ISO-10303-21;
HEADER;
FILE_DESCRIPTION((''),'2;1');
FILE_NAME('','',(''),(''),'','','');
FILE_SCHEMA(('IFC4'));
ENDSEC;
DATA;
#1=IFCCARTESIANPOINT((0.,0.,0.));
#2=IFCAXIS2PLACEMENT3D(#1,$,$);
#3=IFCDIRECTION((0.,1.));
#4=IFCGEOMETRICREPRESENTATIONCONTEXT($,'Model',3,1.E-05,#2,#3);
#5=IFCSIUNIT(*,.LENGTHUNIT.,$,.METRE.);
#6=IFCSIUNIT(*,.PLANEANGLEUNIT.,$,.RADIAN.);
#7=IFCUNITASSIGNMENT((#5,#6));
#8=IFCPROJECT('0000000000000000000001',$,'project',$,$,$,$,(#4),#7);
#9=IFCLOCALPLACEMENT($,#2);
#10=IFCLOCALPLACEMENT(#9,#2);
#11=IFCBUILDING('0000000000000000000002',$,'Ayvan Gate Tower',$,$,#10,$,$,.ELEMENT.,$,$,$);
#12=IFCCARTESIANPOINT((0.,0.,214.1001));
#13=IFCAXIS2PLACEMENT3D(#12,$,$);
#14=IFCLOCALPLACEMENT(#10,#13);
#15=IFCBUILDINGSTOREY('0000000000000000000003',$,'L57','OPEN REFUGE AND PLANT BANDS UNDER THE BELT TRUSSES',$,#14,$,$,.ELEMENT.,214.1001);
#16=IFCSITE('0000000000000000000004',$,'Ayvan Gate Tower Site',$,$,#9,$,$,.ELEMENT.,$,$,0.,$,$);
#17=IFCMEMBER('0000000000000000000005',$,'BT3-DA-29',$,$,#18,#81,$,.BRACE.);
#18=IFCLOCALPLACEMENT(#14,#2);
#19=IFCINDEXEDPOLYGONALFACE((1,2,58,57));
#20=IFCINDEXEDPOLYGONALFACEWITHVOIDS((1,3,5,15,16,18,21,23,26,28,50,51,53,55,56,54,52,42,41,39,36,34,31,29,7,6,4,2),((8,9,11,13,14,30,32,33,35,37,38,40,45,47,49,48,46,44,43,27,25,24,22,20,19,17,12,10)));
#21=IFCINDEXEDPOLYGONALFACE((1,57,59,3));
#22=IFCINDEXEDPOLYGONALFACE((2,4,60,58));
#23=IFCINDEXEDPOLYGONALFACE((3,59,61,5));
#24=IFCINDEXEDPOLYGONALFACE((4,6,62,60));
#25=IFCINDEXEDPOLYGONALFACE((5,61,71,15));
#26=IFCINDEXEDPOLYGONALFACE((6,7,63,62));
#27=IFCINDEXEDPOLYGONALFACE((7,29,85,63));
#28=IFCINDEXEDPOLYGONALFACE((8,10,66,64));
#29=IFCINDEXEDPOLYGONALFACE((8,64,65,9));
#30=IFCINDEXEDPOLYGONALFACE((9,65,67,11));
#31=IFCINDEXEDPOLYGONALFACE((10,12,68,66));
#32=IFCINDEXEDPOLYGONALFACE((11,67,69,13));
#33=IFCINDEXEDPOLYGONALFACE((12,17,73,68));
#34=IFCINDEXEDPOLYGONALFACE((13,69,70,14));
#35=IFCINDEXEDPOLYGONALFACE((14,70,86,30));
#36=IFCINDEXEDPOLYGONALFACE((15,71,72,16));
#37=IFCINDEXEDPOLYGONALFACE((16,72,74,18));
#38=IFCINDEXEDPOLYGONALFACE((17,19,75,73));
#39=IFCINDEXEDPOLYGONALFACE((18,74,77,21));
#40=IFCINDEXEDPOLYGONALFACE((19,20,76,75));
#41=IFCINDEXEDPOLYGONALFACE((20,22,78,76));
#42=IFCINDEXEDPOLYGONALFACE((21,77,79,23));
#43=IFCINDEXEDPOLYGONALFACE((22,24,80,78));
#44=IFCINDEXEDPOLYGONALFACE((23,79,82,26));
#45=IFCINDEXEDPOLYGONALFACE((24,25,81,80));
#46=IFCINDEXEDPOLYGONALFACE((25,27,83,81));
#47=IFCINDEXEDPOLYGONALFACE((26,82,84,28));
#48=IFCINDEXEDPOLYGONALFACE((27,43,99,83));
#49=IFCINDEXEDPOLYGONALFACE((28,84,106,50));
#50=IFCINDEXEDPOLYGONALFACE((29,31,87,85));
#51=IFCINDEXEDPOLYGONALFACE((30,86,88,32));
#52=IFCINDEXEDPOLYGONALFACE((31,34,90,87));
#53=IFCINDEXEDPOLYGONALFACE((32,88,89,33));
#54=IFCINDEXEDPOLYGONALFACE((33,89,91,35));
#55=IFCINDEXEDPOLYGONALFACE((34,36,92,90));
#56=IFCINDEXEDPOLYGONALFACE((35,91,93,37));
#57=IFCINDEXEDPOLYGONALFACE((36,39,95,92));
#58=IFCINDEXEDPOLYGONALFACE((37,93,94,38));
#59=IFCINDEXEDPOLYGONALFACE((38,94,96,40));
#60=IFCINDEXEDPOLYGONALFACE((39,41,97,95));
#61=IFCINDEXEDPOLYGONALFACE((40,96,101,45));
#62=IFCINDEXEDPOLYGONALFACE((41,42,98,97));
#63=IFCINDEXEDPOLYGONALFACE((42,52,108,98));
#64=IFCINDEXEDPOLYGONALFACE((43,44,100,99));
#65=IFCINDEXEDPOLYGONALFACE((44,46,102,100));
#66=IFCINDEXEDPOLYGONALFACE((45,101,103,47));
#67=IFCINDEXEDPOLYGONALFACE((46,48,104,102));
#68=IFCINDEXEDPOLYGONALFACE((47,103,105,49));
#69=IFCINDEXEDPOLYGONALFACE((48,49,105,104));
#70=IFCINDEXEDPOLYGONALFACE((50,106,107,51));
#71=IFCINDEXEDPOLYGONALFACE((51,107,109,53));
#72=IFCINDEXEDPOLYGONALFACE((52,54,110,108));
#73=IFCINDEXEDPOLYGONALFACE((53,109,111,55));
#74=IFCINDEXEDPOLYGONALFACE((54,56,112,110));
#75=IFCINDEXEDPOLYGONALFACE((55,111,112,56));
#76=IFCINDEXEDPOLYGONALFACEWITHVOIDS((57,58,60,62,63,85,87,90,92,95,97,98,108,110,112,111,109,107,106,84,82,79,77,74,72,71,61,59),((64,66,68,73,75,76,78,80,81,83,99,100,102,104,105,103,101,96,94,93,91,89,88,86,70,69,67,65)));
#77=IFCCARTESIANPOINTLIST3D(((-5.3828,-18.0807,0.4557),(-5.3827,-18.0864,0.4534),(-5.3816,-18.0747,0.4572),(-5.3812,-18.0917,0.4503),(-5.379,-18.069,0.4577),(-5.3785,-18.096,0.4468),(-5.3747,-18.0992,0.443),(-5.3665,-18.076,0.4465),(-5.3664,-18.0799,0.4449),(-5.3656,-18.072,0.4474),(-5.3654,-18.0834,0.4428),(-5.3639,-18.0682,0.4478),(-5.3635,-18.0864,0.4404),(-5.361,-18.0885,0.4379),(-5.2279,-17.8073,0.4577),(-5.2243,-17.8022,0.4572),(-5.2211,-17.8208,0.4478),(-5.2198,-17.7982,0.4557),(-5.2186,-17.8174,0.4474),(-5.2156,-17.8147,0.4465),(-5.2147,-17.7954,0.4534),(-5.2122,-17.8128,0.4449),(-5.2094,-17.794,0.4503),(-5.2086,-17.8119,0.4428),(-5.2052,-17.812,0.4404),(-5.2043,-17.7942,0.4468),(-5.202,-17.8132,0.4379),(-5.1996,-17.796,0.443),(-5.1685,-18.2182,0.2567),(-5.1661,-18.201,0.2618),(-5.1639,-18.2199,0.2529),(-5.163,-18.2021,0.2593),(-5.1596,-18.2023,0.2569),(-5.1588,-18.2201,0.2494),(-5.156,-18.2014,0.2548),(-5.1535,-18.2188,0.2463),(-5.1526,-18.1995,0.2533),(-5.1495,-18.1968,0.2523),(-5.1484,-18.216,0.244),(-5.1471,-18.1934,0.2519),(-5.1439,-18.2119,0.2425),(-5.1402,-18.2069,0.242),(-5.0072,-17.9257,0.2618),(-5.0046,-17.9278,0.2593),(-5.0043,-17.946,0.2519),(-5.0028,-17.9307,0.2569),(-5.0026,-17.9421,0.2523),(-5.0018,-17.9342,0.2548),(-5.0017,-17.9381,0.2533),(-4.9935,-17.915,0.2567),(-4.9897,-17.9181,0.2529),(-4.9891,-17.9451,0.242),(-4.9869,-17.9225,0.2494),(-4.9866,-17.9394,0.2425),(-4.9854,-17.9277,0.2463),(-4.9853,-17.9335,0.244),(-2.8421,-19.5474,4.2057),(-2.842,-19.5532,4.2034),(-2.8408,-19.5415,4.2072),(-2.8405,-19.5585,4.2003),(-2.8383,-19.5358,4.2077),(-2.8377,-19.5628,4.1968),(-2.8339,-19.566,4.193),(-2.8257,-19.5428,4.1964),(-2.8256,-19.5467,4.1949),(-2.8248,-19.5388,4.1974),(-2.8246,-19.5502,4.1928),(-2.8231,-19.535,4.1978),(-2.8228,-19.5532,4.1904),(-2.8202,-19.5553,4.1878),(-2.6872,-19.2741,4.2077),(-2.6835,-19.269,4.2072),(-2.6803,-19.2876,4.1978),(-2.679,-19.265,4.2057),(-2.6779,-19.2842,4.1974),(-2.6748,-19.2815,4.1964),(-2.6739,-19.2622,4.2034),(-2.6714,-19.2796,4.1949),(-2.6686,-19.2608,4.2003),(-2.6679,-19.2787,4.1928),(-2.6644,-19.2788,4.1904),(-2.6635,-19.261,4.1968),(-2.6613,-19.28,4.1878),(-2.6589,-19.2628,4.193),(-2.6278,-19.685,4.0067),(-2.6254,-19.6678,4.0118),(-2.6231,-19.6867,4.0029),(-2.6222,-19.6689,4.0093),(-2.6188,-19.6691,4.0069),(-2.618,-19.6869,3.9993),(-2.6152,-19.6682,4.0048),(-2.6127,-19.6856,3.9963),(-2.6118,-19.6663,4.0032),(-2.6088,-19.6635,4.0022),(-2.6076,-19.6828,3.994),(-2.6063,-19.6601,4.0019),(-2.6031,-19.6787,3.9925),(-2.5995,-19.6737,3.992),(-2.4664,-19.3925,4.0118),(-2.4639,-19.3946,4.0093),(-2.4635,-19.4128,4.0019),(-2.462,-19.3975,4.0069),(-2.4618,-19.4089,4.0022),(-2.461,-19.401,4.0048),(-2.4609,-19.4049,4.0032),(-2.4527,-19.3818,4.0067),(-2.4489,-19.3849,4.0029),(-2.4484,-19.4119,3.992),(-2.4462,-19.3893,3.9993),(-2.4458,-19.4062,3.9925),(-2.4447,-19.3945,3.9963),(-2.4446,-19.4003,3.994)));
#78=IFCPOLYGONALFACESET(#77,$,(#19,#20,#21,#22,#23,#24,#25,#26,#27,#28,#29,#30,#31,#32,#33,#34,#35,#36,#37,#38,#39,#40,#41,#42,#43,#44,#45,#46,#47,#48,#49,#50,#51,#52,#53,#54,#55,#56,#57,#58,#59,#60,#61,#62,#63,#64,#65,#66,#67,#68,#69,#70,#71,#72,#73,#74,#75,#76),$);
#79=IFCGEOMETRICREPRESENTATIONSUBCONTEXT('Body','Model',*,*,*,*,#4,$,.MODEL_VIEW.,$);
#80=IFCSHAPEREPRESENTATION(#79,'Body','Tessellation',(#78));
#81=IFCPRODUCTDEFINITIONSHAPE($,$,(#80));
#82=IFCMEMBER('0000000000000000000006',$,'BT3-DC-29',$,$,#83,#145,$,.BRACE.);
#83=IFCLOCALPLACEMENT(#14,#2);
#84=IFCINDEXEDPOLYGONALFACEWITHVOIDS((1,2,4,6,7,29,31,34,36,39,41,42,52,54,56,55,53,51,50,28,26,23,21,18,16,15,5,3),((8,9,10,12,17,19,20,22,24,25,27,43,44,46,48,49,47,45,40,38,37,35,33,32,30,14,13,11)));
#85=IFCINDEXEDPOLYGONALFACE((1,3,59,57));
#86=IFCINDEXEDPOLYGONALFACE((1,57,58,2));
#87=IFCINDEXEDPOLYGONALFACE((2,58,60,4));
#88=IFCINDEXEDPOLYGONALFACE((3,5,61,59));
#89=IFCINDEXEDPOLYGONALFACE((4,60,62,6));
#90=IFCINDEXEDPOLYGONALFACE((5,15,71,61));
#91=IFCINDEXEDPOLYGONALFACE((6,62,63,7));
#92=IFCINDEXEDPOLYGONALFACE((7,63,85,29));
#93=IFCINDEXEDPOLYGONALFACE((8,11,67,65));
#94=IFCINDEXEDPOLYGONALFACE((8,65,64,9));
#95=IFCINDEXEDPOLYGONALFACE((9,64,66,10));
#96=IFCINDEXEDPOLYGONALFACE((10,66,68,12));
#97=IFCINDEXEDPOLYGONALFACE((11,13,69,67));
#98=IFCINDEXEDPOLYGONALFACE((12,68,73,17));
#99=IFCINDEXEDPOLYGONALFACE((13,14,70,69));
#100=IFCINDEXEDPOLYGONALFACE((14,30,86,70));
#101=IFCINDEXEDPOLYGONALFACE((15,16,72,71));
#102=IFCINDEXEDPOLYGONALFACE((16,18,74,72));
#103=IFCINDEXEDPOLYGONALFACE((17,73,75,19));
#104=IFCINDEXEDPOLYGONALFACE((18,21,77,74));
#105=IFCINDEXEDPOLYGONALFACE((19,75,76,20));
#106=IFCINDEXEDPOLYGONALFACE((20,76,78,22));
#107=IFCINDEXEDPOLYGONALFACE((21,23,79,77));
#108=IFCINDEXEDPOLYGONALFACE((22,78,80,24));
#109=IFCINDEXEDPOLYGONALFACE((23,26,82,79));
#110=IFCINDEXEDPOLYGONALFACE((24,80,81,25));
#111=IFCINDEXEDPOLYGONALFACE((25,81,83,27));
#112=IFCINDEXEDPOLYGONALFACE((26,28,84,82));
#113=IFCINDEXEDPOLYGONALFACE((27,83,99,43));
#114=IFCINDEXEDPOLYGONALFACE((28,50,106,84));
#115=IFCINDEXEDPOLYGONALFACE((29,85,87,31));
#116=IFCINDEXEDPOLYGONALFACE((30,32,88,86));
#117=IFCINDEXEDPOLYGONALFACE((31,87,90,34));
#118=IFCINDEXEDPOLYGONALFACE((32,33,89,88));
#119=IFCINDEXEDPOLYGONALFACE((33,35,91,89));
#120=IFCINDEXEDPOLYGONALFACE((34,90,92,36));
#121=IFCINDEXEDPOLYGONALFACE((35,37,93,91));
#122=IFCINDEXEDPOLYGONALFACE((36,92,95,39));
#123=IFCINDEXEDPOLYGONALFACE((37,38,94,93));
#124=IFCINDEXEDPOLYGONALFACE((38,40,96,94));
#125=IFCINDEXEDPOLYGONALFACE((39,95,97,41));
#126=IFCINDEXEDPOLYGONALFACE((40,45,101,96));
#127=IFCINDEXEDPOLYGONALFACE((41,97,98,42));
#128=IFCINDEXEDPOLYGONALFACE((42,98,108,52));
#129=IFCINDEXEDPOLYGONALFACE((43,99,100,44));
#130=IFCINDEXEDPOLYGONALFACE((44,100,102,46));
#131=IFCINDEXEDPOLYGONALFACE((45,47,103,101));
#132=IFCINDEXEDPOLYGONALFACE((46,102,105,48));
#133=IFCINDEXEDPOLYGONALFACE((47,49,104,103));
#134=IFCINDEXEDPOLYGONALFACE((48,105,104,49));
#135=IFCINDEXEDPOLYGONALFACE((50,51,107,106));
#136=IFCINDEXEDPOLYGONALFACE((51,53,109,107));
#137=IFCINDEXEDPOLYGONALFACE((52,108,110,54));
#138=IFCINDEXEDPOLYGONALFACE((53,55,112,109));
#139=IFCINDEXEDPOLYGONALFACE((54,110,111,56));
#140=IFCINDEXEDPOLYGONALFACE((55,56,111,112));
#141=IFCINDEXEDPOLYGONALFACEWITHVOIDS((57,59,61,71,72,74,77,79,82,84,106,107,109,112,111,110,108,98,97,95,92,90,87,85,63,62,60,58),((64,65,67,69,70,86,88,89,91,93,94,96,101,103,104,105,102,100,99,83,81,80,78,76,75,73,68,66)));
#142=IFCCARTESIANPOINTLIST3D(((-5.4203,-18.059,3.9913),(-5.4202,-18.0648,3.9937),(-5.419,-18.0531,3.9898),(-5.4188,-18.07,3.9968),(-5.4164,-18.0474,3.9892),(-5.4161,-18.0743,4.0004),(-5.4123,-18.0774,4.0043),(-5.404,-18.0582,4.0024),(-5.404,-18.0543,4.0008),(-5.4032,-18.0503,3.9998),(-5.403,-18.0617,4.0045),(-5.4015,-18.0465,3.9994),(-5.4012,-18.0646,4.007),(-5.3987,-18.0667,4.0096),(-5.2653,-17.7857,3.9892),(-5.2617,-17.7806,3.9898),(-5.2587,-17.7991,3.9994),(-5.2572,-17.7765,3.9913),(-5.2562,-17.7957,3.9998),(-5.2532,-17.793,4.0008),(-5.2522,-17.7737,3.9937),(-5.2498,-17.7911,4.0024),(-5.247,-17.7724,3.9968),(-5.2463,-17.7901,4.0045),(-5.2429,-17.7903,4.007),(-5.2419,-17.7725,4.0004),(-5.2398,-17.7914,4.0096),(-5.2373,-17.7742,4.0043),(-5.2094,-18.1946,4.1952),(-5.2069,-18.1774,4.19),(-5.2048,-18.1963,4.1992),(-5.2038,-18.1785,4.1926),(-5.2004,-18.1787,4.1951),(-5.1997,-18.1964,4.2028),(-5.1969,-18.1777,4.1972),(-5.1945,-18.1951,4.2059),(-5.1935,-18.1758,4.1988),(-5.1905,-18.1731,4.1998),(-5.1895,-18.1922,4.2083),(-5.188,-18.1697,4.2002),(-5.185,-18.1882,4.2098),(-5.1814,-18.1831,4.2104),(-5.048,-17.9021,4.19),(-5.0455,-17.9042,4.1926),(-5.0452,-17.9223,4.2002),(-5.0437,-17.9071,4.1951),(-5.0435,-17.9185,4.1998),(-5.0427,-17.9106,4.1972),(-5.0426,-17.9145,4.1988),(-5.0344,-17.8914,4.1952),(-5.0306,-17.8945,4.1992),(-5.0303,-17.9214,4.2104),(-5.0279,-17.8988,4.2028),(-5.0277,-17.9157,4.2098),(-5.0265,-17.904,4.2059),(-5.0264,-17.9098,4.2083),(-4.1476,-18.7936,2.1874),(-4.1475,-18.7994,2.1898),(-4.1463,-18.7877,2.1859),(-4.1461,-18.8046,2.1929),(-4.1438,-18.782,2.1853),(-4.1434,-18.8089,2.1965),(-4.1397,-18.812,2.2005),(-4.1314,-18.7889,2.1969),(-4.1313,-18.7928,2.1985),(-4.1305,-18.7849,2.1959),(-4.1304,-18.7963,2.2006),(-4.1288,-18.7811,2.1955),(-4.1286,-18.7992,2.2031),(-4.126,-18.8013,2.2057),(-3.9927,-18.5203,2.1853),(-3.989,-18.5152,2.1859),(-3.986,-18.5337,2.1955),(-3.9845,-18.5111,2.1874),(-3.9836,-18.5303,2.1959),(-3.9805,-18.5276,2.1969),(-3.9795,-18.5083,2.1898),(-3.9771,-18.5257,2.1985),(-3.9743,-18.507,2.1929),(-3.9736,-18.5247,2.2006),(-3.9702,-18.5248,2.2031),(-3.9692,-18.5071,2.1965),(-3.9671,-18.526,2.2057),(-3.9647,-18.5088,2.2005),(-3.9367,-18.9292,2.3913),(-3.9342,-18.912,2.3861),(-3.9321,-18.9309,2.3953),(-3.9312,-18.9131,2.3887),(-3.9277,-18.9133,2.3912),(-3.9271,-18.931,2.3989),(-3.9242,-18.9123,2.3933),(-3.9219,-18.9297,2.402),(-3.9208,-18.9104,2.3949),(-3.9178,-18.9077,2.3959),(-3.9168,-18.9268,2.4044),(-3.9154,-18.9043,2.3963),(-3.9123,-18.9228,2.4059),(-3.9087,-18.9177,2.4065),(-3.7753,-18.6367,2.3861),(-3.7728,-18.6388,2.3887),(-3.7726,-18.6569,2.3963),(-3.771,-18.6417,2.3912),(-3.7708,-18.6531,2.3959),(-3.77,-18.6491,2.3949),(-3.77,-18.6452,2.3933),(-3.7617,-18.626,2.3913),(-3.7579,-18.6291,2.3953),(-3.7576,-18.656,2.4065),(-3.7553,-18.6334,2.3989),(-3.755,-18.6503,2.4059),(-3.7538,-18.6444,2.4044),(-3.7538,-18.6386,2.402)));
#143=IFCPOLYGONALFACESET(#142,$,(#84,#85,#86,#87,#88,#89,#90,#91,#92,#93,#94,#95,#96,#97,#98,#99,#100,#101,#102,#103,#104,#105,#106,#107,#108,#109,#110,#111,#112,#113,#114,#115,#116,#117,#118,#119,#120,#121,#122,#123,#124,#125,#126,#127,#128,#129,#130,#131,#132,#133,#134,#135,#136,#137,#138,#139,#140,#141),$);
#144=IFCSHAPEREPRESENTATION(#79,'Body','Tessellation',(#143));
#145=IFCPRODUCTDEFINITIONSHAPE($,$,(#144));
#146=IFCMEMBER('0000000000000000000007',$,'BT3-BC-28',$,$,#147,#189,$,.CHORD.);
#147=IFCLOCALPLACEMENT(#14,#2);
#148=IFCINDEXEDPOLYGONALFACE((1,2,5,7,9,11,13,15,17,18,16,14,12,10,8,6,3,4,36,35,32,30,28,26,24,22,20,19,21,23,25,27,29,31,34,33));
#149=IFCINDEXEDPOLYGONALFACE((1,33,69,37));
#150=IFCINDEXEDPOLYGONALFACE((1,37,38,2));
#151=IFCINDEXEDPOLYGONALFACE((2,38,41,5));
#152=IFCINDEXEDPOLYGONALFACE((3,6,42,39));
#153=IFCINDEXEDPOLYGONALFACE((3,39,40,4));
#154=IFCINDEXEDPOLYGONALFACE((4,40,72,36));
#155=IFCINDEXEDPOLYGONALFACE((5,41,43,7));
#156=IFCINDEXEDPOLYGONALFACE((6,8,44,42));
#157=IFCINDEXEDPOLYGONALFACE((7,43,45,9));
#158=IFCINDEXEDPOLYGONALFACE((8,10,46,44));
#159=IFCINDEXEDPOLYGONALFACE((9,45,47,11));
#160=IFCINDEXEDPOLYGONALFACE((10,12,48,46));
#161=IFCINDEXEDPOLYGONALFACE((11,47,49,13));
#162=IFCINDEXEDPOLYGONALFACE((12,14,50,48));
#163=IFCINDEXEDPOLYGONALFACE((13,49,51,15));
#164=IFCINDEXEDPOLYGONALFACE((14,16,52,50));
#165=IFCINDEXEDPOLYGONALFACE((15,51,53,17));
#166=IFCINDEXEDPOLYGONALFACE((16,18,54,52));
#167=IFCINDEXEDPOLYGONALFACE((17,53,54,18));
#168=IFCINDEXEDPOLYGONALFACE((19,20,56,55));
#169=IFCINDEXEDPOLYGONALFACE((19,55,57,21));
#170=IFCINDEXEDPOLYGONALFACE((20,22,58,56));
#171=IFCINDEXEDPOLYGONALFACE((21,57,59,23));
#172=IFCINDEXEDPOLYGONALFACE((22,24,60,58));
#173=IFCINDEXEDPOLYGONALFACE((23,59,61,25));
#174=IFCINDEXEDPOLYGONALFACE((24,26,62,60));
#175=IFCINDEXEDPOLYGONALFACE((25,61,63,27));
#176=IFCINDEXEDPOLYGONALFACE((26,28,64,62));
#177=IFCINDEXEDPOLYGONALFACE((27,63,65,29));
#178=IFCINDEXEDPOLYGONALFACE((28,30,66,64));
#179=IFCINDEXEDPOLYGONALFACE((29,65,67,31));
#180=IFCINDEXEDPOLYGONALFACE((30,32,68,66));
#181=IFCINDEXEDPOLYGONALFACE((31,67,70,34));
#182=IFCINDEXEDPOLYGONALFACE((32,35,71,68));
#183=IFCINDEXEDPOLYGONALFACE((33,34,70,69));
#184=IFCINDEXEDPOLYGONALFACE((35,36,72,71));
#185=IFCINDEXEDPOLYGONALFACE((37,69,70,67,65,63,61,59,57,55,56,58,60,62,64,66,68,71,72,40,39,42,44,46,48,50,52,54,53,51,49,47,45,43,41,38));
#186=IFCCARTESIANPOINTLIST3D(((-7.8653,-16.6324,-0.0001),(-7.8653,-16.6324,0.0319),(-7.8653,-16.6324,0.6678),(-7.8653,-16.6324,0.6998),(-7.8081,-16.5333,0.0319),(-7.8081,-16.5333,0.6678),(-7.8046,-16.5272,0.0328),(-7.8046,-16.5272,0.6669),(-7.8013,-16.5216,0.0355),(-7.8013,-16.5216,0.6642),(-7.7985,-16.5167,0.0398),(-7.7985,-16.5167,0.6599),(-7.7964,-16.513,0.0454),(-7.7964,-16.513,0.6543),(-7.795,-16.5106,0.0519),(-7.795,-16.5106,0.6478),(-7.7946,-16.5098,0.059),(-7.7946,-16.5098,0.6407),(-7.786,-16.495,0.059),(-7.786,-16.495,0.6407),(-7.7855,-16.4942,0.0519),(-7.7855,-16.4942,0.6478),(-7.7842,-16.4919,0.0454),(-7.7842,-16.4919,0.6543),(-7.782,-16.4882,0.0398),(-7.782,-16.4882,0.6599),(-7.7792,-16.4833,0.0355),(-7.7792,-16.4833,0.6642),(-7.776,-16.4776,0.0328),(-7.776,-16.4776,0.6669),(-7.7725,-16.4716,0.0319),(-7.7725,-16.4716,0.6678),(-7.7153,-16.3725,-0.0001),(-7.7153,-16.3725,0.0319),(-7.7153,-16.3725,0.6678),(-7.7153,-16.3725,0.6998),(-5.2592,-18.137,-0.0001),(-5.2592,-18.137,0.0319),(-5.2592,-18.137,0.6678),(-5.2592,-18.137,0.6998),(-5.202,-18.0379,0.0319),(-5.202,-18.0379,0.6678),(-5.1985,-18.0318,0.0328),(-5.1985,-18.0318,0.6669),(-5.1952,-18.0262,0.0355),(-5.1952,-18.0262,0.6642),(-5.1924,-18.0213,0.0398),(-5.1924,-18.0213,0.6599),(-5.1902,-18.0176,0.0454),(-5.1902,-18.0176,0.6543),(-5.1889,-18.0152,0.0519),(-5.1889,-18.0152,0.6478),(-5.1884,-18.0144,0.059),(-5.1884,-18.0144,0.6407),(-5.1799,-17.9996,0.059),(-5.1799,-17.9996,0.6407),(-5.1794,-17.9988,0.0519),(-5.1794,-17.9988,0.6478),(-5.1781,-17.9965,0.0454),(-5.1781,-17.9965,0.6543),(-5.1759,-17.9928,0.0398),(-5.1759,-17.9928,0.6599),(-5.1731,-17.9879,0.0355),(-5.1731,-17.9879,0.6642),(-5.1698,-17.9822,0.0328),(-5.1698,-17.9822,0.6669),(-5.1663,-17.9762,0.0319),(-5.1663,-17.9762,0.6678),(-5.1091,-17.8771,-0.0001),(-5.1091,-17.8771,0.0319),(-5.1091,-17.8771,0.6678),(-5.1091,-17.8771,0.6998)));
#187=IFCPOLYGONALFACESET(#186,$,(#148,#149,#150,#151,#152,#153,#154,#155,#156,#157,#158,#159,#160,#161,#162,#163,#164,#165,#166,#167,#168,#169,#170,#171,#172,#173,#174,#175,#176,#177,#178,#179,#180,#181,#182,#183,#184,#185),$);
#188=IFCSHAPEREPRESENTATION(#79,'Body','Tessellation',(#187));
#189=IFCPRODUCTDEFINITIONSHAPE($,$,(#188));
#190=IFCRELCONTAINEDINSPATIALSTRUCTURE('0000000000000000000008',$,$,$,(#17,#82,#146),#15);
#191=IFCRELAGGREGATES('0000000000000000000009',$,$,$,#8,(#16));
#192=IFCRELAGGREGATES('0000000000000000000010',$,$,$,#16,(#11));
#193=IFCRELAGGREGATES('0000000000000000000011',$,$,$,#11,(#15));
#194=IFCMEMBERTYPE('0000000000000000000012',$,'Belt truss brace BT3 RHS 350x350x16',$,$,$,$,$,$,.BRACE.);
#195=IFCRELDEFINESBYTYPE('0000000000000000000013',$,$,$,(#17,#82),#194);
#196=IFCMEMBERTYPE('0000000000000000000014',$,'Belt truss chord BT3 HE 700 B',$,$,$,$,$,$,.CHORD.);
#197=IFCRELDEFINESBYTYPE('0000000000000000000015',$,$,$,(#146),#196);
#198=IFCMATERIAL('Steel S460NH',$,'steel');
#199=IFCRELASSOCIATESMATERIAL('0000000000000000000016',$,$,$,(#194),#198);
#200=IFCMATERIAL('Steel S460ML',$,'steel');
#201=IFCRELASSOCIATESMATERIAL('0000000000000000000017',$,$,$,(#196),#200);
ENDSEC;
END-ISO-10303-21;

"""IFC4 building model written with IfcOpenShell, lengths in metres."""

from ifc_helpers import new_model, si_unit, direction, frame, origin, origin_2d, place, context, subcontext, project, spatial, hollow_rectangle, i_section, extrude, material, material_profile, profile_set, type_object, element, save


model = new_model("IFC4")

# Units and contexts
model_context = context("Model", 3, precision=1e-05, world=origin(), true_north=direction((0.0, 1.0)))
body_context = subcontext(model_context, "Body", "Model", "MODEL_VIEW")
ifc_project = project(units=[si_unit("LENGTHUNIT", "METRE"), si_unit("PLANEANGLEUNIT", "RADIAN")], contexts=[model_context])

# Site, building, storey
site_placement = place(None, origin())
site = spatial("IfcSite", under=ifc_project, at=site_placement, Name="Ayvan Gate Tower Site", CompositionType="ELEMENT", RefElevation=0.0)
building_placement = place(site_placement, origin())
building = spatial("IfcBuilding", under=site, at=building_placement, Name="Ayvan Gate Tower", CompositionType="ELEMENT")
storey_placement = place(building_placement, frame((0.0, 0.0, 214.1001)))
storey = spatial("IfcBuildingStorey", under=building, at=storey_placement, Name="L57", Description="OPEN REFUGE AND PLANT BANDS UNDER THE BELT TRUSSES", CompositionType="ELEMENT", Elevation=214.1001)

# Members
ifc_material_1 = material(Name="Steel S460NH", Category="steel")
ifc_material_profile_1 = material_profile(ifc_material_1, hollow_rectangle(XDim=0.3501, YDim=0.3501, WallThickness=0.0161, InnerFilletRadius=0.0161, OuterFilletRadius=0.0239, at=origin_2d()), Name="RHS 350x350x16")
ifc_profile_set_1 = profile_set([ifc_material_profile_1], Name="Steel S460NH")
member_type_1 = type_object("IfcMemberType", Name="Belt truss brace BT3 RHS 350x350x16", PredefinedType="BRACE", material=ifc_profile_set_1)
member_1_placement = place(storey_placement, frame((-5.1841, -18.0071, 0.3499), z_axis=(0.533635, -0.30807, 0.787608), x_axis=(0.49997, 0.866043, 0.0)))
element("IfcMember", 1, at=member_1_placement, inside=storey, type_object=member_type_1, Name="BT3-DA-29", PredefinedType="BRACE", context=body_context, shape_type="SweptSolid", body=[
    extrude(hollow_rectangle(XDim=0.3501, YDim=0.3501, WallThickness=0.0161, InnerFilletRadius=0.0161, OuterFilletRadius=0.0239, at=origin_2d()), origin(), (0.0, 0.0, 1.0), 4.7612),
])
member_2_placement = place(storey_placement, frame((-3.9507, -18.719, 2.2959), z_axis=(-0.546992, 0.31573, 0.775316), x_axis=(-0.499909, -0.866078, 0.0)))
element("IfcMember", 2, at=member_2_placement, inside=storey, type_object=member_type_1, Name="BT3-DC-29", PredefinedType="BRACE", context=body_context, shape_type="SweptSolid", body=[
    extrude(hollow_rectangle(XDim=0.3501, YDim=0.3501, WallThickness=0.0161, InnerFilletRadius=0.0161, OuterFilletRadius=0.0239, at=origin_2d()), origin(), (0.0, 0.0, 1.0), 2.3267),
])
ifc_material_2 = material(Name="Steel S460ML", Category="steel")
ifc_material_profile_2 = material_profile(ifc_material_2, i_section(OverallWidth=0.3, OverallDepth=0.7, WebThickness=0.0171, FlangeThickness=0.032, FilletRadius=0.0271, at=origin_2d()), Name="HE 700 B")
ifc_profile_set_2 = profile_set([ifc_material_profile_2], Name="Steel S460ML")
member_type_2 = type_object("IfcMemberType", Name="Belt truss chord BT3 HE 700 B", PredefinedType="CHORD", material=ifc_profile_set_2)
for number, where, z_axis, x_axis, name in (
    (3, (-7.7903, -16.5024, 0.3499), (0.866033, -0.499987, 0.0), (0.499987, 0.866033, 0.0), "BT3-BC-28"),
):
    element("IfcMember", number, at=place(storey_placement, frame(where, z_axis=z_axis, x_axis=x_axis)), inside=storey, type_object=member_type_2, Name=name, PredefinedType="CHORD", context=body_context, shape_type="SweptSolid", body=[
        extrude(i_section(OverallWidth=0.3, OverallDepth=0.7, WebThickness=0.0171, FlangeThickness=0.032, FilletRadius=0.0271, at=origin_2d()), origin(), (0.0, 0.0, 1.0), 3.0093),
    ])

save(model, "model.ifc")
